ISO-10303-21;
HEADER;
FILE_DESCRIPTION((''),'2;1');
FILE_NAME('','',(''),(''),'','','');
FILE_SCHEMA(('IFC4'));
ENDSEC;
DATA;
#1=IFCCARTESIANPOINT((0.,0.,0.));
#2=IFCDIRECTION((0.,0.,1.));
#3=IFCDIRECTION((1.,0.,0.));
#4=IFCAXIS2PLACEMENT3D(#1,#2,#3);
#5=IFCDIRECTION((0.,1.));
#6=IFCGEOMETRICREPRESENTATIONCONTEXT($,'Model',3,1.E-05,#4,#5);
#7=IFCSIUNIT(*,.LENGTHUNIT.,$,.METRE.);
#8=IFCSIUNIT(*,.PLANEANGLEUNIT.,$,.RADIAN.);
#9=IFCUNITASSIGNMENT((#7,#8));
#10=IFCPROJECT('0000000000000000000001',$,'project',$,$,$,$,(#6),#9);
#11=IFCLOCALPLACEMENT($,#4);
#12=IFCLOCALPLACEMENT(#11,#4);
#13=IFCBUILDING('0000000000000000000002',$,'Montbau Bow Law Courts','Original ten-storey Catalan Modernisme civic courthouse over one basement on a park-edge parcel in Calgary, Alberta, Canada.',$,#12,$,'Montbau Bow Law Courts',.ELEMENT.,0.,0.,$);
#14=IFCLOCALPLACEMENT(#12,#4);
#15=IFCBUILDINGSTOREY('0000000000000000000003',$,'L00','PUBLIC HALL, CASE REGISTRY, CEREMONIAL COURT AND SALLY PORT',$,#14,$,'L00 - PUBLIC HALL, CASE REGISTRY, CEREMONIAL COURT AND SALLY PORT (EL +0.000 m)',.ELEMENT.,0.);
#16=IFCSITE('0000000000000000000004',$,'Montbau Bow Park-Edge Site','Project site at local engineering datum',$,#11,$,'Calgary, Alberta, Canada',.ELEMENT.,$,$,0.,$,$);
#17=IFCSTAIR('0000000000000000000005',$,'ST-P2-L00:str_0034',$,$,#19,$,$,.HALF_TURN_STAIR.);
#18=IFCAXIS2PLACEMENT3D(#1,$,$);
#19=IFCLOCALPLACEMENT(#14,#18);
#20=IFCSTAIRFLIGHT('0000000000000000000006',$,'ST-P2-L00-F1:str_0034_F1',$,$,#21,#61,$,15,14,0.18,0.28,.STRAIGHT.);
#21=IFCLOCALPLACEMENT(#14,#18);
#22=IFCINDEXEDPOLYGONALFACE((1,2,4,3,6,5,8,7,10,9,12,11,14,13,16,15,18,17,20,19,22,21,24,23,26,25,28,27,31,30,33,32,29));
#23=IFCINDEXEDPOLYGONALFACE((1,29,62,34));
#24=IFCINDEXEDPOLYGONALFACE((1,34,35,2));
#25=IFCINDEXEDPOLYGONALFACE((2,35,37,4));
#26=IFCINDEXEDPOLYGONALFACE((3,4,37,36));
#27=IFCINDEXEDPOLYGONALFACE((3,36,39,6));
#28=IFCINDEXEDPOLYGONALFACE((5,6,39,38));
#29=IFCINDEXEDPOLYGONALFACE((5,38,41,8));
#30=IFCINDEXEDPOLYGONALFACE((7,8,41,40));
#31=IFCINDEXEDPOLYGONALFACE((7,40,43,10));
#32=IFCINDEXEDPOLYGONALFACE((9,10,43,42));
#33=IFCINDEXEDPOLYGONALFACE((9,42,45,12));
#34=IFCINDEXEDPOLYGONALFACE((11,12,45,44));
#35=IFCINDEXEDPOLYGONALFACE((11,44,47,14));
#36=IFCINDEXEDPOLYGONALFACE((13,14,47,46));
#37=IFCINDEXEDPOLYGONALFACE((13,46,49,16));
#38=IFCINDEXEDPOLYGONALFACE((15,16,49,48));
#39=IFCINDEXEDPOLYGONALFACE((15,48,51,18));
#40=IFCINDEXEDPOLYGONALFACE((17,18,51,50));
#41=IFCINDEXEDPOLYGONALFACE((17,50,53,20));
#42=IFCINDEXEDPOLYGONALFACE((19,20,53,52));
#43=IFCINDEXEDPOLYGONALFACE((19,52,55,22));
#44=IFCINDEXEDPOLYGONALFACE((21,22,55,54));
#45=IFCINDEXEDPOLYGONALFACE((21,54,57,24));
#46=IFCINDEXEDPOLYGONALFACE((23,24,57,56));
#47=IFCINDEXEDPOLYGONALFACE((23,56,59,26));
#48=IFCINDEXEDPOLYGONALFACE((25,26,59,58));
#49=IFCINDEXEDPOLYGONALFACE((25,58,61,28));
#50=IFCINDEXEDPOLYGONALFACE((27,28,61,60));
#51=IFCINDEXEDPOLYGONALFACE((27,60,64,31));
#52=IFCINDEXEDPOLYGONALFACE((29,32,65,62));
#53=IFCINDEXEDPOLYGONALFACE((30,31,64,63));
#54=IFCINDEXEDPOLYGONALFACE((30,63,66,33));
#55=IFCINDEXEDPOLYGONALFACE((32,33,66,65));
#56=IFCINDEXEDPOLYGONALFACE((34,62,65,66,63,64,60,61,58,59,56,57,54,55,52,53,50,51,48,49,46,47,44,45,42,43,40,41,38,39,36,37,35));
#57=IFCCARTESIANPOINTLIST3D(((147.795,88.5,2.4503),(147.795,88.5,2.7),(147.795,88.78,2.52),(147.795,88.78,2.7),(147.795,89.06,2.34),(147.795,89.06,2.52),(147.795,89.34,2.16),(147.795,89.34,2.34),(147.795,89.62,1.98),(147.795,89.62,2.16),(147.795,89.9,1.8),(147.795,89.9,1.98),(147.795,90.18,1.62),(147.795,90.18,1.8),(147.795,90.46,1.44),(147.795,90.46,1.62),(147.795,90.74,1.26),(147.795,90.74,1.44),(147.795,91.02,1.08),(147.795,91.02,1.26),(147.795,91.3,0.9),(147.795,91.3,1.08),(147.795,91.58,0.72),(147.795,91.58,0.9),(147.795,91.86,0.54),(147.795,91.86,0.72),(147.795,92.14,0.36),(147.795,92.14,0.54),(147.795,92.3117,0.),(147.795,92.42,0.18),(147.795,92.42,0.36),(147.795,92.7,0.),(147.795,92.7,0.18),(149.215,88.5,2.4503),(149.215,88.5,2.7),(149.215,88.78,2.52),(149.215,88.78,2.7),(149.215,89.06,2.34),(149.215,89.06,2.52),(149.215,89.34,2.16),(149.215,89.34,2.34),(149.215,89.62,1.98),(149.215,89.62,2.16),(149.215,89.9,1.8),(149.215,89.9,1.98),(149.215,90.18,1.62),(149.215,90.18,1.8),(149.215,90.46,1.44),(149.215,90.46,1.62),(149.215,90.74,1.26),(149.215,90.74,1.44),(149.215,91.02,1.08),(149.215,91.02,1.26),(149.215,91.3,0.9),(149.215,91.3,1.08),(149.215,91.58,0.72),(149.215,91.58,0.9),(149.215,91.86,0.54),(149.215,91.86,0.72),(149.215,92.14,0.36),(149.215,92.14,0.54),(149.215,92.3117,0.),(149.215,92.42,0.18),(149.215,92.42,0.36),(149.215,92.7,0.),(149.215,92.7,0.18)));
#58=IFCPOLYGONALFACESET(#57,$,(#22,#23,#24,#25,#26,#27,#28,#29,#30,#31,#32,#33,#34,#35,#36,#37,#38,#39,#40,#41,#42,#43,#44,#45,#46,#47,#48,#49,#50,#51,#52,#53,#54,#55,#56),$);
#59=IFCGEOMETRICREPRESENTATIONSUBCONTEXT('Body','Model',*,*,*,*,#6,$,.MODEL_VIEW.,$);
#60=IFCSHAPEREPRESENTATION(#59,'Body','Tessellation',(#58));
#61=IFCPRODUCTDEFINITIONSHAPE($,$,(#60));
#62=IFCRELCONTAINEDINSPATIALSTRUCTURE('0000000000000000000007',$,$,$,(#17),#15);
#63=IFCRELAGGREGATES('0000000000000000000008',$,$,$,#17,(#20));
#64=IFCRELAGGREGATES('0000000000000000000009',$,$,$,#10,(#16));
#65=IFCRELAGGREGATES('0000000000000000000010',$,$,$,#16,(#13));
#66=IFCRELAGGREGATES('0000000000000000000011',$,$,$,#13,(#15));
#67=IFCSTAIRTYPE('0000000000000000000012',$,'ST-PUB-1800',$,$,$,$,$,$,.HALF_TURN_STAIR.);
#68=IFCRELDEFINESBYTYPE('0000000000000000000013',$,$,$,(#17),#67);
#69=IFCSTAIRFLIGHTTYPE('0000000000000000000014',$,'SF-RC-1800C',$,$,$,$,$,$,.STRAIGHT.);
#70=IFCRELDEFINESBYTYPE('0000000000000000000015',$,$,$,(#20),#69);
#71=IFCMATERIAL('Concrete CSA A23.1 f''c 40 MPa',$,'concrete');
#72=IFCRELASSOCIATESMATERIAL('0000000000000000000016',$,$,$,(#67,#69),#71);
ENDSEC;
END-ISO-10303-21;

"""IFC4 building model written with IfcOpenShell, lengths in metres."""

from ifc_helpers import new_model, si_unit, direction, frame, origin_with_axes, place, context, subcontext, project, spatial, polyline, outline, extrude, material, type_object, element, aggregate, save


model = new_model("IFC4")

# Units and contexts
model_context = context("Model", 3, precision=1e-05, world=origin_with_axes(), true_north=direction((0.0, 1.0)))
body_context = subcontext(model_context, "Body", "Model", "MODEL_VIEW")
ifc_project = project(units=[si_unit("LENGTHUNIT", "METRE"), si_unit("PLANEANGLEUNIT", "RADIAN")], contexts=[model_context])

# Site, building, storey
site_placement = place(None, origin_with_axes())
site = spatial("IfcSite", under=ifc_project, at=site_placement, Name="Montbau Bow Park-Edge Site", Description="Project site at local engineering datum", LongName="Calgary, Alberta, Canada", CompositionType="ELEMENT", RefElevation=0.0)
building_placement = place(site_placement, origin_with_axes())
building = spatial("IfcBuilding", under=site, at=building_placement, Name="Montbau Bow Law Courts", Description="Original ten-storey Catalan Modernisme civic courthouse over one basement on a park-edge parcel in Calgary, Alberta, Canada.", LongName="Montbau Bow Law Courts", CompositionType="ELEMENT", ElevationOfRefHeight=0.0, ElevationOfTerrain=0.0)
storey_placement = place(building_placement, origin_with_axes())
storey = spatial("IfcBuildingStorey", under=building, at=storey_placement, Name="L00", Description="PUBLIC HALL, CASE REGISTRY, CEREMONIAL COURT AND SALLY PORT", LongName="L00 - PUBLIC HALL, CASE REGISTRY, CEREMONIAL COURT AND SALLY PORT (EL +0.000 m)", CompositionType="ELEMENT", Elevation=0.0)

# Stair, stair flight
ifc_material_1 = material(Name="Concrete CSA A23.1 f'c 40 MPa", Category="concrete")
stair_type = type_object("IfcStairType", Name="ST-PUB-1800", PredefinedType="HALF_TURN_STAIR", material=ifc_material_1)
stair_placement = place(None, frame((148.505, 92.7, 0.0), z_axis=(0.0, 0.0, 1.0), x_axis=(1.0, 0.0, 0.0)))
stair = element("IfcStair", 1, at=stair_placement, inside=storey, type_object=stair_type, Name="ST-P2-L00:str_0034", PredefinedType="HALF_TURN_STAIR")
stair_flight_type = type_object("IfcStairFlightType", Name="SF-RC-1800C", PredefinedType="STRAIGHT", material=ifc_material_1)
stair_flight_placement = place(None, frame((148.505, 92.7, 0.0), z_axis=(0.0, 0.0, 1.0), x_axis=(0.0, -1.0, 0.0)))
stair_flight = element("IfcStairFlight", 2, at=stair_flight_placement, type_object=stair_flight_type, Name="ST-P2-L00-F1:str_0034_F1", NumberOfRisers=15, NumberOfTreads=14, PredefinedType="STRAIGHT", RiserHeight=0.18, TreadLength=0.28, context=body_context, shape_type="SweptSolid", body=[
    extrude(outline(polyline([(0.0, 0.0), (0.0, 0.18), (0.28, 0.18), (0.28, 0.36), (0.56, 0.36), (0.56, 0.54), (0.84, 0.54), (0.84, 0.72), (1.12, 0.72), (1.12, 0.9), (1.4, 0.9), (1.4, 1.08), (1.68, 1.08), (1.68, 1.26), (1.96, 1.26), (1.96, 1.44), (2.24, 1.44), (2.24, 1.62), (2.52, 1.62), (2.52, 1.8), (2.8, 1.8), (2.8, 1.98), (3.08, 1.98), (3.08, 2.16), (3.36, 2.16), (3.36, 2.34), (3.64, 2.34), (3.64, 2.52), (3.92, 2.52), (3.92, 2.7), (4.2, 2.7), (4.2, 2.4503), (0.3883, 0.0), (0.0, 0.0)])), frame((0.0, 0.71, 0.0), z_axis=(0.0, -1.0, 0.0), x_axis=(1.0, 0.0, 0.0)), (0.0, 0.0, 1.0), 1.42),
])
aggregate(stair, [stair_flight])

save(model, "model.ifc")
